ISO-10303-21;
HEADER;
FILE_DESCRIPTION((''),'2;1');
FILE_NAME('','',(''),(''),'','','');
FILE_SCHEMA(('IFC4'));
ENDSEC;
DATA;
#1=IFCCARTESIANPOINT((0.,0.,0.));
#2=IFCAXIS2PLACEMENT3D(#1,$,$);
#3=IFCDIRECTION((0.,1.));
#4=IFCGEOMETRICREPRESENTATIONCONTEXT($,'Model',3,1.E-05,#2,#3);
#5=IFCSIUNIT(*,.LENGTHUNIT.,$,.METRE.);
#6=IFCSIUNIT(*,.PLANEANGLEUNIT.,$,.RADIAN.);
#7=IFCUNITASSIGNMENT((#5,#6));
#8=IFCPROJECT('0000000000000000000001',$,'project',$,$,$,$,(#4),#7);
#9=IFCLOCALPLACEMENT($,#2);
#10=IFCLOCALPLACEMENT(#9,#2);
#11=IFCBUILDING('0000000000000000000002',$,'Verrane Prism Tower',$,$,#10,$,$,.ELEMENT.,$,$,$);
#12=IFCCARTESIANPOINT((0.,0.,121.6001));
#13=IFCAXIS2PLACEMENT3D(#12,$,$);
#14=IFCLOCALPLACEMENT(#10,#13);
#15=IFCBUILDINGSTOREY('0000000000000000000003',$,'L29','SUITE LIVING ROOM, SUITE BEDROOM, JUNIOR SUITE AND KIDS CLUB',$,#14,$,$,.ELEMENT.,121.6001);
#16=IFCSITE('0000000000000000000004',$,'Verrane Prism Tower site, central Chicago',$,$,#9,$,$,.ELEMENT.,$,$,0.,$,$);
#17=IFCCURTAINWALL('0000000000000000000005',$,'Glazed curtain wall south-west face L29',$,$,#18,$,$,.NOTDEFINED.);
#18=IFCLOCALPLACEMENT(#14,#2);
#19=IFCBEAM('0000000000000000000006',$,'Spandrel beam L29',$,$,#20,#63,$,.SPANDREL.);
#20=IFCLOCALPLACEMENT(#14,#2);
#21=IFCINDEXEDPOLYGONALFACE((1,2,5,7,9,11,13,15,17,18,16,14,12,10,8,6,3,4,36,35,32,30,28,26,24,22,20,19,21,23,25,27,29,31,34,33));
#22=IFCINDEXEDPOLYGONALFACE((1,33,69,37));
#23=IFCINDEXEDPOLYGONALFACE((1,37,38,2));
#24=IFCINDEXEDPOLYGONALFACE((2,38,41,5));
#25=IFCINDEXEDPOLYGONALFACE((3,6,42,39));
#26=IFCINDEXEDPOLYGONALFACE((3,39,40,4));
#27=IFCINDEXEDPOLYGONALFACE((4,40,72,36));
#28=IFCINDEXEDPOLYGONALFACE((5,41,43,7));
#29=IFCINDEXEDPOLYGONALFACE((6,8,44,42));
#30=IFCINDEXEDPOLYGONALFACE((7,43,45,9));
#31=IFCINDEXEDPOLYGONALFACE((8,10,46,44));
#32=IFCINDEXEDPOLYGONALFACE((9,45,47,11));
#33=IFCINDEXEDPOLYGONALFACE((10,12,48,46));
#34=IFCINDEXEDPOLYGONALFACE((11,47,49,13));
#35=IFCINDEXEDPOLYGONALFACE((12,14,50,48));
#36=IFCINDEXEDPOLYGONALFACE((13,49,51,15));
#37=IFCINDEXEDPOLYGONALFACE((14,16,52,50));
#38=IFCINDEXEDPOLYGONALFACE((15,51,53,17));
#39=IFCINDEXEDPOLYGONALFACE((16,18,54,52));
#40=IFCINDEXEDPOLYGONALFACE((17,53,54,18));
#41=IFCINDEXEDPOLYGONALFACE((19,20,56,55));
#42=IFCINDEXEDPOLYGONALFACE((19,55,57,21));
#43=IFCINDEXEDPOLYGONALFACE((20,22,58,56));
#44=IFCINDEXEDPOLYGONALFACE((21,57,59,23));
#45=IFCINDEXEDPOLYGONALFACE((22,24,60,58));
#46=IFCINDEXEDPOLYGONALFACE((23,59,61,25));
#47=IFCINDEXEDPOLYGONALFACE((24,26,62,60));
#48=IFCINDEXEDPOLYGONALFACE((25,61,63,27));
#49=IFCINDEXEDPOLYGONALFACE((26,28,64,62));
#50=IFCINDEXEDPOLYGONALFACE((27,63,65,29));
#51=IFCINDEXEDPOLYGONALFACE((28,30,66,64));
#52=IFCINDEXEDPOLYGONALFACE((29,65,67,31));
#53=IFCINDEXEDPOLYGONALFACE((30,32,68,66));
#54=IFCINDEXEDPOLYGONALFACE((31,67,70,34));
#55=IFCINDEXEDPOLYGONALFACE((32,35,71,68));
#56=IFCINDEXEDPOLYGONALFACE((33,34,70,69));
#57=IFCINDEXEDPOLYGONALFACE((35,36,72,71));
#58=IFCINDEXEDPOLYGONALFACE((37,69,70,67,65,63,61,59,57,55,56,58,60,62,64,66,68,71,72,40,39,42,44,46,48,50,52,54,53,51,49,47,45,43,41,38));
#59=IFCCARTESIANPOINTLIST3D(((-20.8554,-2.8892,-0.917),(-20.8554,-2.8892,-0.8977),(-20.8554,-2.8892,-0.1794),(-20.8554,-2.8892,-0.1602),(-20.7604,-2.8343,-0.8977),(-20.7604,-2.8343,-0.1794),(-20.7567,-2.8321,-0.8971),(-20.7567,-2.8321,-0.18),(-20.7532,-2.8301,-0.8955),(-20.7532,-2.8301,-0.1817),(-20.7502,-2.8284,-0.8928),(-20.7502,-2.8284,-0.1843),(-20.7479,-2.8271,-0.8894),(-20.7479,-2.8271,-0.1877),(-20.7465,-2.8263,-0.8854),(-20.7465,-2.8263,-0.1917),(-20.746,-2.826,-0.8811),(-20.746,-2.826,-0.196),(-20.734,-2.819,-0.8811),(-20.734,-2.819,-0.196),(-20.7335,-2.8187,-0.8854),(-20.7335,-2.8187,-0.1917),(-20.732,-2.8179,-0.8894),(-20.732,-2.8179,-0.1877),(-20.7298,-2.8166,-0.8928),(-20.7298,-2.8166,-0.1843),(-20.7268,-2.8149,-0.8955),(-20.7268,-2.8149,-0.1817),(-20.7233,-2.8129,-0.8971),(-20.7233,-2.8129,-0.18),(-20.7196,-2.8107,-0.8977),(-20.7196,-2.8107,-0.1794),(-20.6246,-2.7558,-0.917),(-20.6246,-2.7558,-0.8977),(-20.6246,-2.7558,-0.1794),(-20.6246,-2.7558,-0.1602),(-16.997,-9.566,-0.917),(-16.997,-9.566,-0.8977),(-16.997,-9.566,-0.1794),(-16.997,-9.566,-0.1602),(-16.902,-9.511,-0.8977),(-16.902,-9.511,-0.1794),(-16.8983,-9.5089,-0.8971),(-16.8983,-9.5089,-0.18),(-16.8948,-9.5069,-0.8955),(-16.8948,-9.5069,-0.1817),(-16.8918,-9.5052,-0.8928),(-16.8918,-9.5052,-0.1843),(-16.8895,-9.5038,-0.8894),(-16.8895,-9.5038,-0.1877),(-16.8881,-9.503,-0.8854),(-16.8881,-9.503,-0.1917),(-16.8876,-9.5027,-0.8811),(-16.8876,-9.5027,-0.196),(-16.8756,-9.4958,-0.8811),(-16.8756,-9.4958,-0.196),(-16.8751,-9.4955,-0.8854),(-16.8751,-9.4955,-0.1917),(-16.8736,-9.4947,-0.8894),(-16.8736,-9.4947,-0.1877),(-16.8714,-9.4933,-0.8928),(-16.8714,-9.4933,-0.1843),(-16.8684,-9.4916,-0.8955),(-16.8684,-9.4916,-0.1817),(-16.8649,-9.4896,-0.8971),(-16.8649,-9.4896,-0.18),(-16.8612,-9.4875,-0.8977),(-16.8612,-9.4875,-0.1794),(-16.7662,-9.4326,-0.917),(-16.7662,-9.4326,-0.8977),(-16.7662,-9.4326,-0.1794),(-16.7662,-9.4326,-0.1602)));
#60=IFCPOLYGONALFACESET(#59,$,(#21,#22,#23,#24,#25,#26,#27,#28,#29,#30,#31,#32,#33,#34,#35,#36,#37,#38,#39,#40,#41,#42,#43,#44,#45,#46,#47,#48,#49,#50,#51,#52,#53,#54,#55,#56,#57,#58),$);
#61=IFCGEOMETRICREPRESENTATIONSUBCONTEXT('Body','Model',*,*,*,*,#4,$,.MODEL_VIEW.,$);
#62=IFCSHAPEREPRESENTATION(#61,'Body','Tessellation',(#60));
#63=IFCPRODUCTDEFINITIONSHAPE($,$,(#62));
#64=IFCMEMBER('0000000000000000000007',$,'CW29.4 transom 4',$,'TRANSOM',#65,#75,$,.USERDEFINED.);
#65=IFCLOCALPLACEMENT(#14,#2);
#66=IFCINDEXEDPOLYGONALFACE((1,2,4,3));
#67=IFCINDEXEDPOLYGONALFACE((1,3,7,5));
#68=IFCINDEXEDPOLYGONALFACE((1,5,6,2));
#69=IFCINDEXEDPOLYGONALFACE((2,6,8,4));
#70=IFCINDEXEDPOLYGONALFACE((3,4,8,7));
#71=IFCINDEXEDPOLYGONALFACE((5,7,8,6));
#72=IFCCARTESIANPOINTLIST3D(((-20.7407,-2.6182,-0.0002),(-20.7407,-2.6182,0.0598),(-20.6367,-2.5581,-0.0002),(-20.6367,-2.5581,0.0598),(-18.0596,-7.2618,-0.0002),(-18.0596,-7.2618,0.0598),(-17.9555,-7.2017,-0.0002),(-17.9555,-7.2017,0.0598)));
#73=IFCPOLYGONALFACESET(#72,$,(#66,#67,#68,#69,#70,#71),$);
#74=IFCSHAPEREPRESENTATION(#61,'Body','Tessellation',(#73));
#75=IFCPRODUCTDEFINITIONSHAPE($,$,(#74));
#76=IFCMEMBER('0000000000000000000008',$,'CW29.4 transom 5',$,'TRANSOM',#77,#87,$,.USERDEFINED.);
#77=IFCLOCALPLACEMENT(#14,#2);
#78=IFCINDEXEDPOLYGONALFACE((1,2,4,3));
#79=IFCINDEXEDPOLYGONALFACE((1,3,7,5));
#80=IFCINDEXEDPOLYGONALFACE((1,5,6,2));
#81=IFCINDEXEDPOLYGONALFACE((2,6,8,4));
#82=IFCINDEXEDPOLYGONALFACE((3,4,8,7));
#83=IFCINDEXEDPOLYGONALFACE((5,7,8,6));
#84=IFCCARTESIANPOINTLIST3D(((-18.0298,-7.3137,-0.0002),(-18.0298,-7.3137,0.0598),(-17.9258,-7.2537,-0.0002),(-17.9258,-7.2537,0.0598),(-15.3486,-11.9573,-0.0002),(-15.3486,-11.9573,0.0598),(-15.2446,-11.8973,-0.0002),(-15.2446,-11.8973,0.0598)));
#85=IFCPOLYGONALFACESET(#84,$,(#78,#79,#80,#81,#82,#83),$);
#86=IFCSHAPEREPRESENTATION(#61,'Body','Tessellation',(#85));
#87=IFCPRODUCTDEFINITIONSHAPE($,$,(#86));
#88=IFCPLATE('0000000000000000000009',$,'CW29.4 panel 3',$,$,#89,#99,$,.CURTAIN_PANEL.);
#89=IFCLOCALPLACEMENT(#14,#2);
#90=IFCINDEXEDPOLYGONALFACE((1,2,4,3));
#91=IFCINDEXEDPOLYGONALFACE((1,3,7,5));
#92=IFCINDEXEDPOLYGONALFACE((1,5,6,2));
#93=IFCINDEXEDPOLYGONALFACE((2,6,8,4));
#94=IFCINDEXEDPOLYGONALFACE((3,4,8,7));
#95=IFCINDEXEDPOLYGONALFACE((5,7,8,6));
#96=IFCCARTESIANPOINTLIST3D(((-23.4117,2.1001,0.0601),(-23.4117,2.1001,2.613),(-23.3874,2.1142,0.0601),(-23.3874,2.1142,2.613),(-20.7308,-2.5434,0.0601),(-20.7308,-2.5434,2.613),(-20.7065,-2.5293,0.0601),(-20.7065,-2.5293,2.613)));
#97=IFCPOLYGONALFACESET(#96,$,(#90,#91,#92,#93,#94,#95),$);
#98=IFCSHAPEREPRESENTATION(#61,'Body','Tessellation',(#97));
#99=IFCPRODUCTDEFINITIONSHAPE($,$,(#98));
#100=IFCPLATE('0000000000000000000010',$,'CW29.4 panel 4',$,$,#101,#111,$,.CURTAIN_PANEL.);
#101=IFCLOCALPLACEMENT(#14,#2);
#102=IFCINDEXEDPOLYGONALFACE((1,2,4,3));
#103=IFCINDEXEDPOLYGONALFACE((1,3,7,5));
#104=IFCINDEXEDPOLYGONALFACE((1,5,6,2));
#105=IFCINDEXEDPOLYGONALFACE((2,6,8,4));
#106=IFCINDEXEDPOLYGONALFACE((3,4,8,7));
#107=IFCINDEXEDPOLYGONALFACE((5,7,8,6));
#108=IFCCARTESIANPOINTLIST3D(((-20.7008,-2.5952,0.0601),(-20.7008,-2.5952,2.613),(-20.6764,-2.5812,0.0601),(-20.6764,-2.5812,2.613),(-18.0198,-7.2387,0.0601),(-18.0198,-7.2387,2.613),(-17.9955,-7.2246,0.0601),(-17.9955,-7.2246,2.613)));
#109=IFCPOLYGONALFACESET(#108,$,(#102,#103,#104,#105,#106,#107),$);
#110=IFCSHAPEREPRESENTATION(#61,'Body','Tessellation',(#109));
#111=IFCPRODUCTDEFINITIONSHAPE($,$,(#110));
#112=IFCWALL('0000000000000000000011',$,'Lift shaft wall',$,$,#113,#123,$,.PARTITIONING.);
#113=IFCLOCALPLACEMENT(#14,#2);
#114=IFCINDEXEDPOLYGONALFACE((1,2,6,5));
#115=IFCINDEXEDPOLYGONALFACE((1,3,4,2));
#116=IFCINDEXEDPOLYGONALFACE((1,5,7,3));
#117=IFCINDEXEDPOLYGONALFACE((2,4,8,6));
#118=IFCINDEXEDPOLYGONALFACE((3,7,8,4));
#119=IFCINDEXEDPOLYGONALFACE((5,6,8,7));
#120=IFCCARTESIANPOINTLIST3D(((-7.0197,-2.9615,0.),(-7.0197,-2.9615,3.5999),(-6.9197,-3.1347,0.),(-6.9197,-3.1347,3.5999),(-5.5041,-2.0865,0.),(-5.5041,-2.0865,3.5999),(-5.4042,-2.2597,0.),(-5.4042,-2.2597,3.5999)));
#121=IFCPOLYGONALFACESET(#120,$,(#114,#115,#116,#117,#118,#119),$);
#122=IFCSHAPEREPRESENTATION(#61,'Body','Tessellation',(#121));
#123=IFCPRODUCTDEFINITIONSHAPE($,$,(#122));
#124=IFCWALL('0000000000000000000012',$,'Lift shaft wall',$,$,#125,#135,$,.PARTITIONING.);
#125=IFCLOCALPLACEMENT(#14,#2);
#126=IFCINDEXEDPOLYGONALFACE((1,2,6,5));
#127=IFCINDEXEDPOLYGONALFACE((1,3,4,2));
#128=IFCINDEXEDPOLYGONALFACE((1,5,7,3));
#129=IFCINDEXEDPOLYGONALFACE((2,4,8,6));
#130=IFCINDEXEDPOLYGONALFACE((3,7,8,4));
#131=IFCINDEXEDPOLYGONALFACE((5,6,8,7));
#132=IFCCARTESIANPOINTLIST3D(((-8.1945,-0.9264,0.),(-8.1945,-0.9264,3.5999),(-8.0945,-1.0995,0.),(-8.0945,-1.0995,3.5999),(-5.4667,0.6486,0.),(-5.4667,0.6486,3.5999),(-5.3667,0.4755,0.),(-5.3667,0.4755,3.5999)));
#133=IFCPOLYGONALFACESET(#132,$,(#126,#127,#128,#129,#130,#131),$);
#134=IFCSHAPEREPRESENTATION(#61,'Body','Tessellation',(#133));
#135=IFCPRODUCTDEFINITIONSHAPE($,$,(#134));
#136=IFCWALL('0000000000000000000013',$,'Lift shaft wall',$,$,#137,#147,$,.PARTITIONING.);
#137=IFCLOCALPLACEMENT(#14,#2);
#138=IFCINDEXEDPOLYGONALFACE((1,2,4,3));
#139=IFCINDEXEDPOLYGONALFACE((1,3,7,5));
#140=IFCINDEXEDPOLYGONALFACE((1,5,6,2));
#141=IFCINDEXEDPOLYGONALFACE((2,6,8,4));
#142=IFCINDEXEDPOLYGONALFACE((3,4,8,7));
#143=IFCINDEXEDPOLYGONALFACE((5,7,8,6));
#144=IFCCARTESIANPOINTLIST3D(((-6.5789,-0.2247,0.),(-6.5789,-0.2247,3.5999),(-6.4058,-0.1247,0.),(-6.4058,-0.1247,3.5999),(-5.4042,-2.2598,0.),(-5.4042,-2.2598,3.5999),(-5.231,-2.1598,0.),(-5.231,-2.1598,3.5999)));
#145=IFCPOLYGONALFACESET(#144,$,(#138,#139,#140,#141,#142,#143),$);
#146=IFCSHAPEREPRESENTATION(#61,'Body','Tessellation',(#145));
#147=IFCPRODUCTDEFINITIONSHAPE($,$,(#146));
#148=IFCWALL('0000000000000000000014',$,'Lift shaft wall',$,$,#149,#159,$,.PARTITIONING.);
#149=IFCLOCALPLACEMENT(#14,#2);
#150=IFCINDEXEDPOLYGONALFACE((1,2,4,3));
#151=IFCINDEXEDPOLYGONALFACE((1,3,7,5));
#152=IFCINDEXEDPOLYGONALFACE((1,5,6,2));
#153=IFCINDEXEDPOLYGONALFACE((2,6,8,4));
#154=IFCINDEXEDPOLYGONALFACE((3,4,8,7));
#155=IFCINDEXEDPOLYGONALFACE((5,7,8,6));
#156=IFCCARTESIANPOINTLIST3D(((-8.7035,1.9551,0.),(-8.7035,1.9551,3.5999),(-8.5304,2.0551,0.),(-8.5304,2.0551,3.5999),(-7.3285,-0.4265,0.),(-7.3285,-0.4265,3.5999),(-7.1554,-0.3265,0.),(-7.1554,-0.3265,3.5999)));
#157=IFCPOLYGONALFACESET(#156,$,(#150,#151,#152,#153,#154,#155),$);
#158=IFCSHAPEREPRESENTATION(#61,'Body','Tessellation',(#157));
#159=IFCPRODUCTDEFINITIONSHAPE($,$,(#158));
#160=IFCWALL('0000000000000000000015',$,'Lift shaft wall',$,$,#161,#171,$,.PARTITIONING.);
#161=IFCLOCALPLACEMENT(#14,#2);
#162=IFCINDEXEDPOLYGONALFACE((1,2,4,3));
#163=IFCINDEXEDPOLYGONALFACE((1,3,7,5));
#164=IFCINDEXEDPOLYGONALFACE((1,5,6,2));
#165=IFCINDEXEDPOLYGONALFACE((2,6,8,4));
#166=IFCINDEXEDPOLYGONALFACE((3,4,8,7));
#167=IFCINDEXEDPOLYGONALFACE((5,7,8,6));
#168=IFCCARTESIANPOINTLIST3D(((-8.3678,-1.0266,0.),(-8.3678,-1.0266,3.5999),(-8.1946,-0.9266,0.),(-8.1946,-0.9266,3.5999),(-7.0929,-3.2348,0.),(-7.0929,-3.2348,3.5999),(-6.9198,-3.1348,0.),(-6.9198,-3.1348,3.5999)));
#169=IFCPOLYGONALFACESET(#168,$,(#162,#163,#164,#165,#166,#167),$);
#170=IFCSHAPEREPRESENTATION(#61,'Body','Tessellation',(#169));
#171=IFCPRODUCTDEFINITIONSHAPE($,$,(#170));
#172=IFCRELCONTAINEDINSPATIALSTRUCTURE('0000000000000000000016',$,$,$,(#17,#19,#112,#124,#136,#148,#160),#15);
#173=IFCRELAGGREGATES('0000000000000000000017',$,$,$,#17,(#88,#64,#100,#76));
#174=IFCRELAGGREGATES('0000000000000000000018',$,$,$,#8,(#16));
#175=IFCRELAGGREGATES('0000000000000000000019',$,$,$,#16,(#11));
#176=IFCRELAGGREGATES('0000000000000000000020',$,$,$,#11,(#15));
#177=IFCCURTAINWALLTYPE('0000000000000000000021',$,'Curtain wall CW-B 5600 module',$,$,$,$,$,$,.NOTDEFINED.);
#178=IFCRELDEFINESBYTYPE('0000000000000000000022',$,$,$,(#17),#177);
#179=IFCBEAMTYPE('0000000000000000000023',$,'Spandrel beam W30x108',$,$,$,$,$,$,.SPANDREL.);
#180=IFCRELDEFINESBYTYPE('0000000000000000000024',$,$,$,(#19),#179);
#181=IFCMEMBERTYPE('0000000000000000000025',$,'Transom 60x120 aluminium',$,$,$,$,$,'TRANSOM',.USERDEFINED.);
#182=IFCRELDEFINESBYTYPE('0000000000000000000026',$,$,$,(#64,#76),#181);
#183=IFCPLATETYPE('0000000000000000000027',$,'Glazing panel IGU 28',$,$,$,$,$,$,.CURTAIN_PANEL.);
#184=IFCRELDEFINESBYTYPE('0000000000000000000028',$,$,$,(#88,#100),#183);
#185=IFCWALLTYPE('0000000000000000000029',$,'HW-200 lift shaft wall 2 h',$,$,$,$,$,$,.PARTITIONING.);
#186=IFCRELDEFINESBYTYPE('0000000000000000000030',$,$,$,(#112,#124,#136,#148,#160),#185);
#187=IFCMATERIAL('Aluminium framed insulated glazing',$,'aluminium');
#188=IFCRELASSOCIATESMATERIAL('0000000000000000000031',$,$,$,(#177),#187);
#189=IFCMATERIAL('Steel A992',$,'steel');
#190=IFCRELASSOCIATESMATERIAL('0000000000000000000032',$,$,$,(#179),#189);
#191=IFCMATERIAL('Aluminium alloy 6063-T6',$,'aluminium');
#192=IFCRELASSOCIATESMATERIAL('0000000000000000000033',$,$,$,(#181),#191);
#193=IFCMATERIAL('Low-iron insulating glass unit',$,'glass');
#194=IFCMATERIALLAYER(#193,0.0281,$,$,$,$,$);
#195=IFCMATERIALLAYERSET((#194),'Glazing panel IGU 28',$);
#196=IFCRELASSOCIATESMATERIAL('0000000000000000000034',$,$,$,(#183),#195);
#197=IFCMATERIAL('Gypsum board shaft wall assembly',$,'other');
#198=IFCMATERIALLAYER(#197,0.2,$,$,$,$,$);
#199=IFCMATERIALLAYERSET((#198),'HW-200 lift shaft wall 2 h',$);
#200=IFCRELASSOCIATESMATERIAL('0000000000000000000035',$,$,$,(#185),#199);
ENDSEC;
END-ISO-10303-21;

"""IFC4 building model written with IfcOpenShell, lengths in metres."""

from ifc_helpers import new_model, si_unit, direction, frame, frame_2d, origin, origin_2d, place, context, subcontext, project, spatial, rectangle, i_section, extrude, material, layer, layer_set, material_profile, profile_set, type_object, element, aggregate, save


model = new_model("IFC4")

# Units and contexts
model_context = context("Model", 3, precision=1e-05, world=origin(), true_north=direction((0.0, 1.0)))
body_context = subcontext(model_context, "Body", "Model", "MODEL_VIEW")
ifc_project = project(units=[si_unit("LENGTHUNIT", "METRE"), si_unit("PLANEANGLEUNIT", "RADIAN")], contexts=[model_context])

# Site, building, storey
site_placement = place(None, origin())
site = spatial("IfcSite", under=ifc_project, at=site_placement, Name="Verrane Prism Tower site, central Chicago", CompositionType="ELEMENT", RefElevation=0.0)
building_placement = place(site_placement, origin())
building = spatial("IfcBuilding", under=site, at=building_placement, Name="Verrane Prism Tower", CompositionType="ELEMENT")
storey_placement = place(building_placement, frame((0.0, 0.0, 121.6001)))
storey = spatial("IfcBuildingStorey", under=building, at=storey_placement, Name="L29", Description="SUITE LIVING ROOM, SUITE BEDROOM, JUNIOR SUITE AND KIDS CLUB", CompositionType="ELEMENT", Elevation=121.6001)

# Curtain wall
ifc_material_1 = material(Name="Aluminium framed insulated glazing", Category="aluminium")
curtain_wall_type = type_object("IfcCurtainWallType", Name="Curtain wall CW-B 5600 module", PredefinedType="NOTDEFINED", material=ifc_material_1)
curtain_wall_placement = place(storey_placement, origin())
curtain_wall = element("IfcCurtainWall", 1, at=curtain_wall_placement, inside=storey, type_object=curtain_wall_type, Name="Glazed curtain wall south-west face L29", PredefinedType="NOTDEFINED")

# Beam
ifc_material_2 = material(Name="Steel A992", Category="steel")
ifc_material_profile_1 = material_profile(ifc_material_2, i_section(OverallWidth=0.2666, OverallDepth=0.7568, WebThickness=0.0139, FlangeThickness=0.0193, FilletRadius=0.0166, at=origin_2d()), Name="W30x108")
ifc_profile_set_1 = profile_set([ifc_material_profile_1], Name="Steel A992")
beam_type_1 = type_object("IfcBeamType", Name="Spandrel beam W30x108", PredefinedType="SPANDREL", material=ifc_profile_set_1)
beam_1_placement = place(storey_placement, frame((-20.74, -2.8225, -0.5386), z_axis=(0.500347, -0.865825, 0.0), x_axis=(0.865825, 0.500347, 0.0)))
element("IfcBeam", 2, at=beam_1_placement, inside=storey, type_object=beam_type_1, Name="Spandrel beam L29", PredefinedType="SPANDREL", context=body_context, shape_type="SweptSolid", body=[
    extrude(i_section(OverallWidth=0.2666, OverallDepth=0.7568, WebThickness=0.0139, FlangeThickness=0.0193, FilletRadius=0.0166, at=origin_2d()), origin(), (0.0, 0.0, 1.0), 7.7114),
])

# Members
ifc_material_3 = material(Name="Aluminium alloy 6063-T6", Category="aluminium")
ifc_material_profile_2 = material_profile(ifc_material_3, rectangle(XDim=0.1201, YDim=0.0601, at=origin_2d()), Name="Transom 60x120 aluminium")
ifc_profile_set_2 = profile_set([ifc_material_profile_2], Name="Aluminium alloy 6063-T6")
member_type_1 = type_object("IfcMemberType", Name="Transom 60x120 aluminium", ElementType="TRANSOM", PredefinedType="USERDEFINED", material=ifc_profile_set_2)
member_1_placement = place(storey_placement, frame((-20.6887, -2.5881, 0.0298), z_axis=(0.500027, -0.86601, 0.0), x_axis=(0.86601, 0.500027, 0.0)))
member_1 = element("IfcMember", 3, at=member_1_placement, type_object=member_type_1, Name="CW29.4 transom 4", ObjectType="TRANSOM", PredefinedType="USERDEFINED", context=body_context, shape_type="SweptSolid", body=[
    extrude(rectangle(XDim=0.1201, YDim=0.0601, at=origin_2d()), origin(), (0.0, 0.0, 1.0), 5.3621),
])
member_2_placement = place(storey_placement, frame((-17.9778, -7.2837, 0.0298), z_axis=(0.500027, -0.86601, 0.0), x_axis=(0.86601, 0.500027, 0.0)))
member_2 = element("IfcMember", 4, at=member_2_placement, type_object=member_type_1, Name="CW29.4 transom 5", ObjectType="TRANSOM", PredefinedType="USERDEFINED", context=body_context, shape_type="SweptSolid", body=[
    extrude(rectangle(XDim=0.1201, YDim=0.0601, at=origin_2d()), origin(), (0.0, 0.0, 1.0), 5.3621),
])

# Plates
ifc_material_4 = material(Name="Low-iron insulating glass unit", Category="glass")
ifc_layer_1 = layer(ifc_material_4, 0.0281)
ifc_layer_set_1 = layer_set([ifc_layer_1], Name="Glazing panel IGU 28")
plate_type = type_object("IfcPlateType", Name="Glazing panel IGU 28", PredefinedType="CURTAIN_PANEL", material=ifc_layer_set_1)
plate_1_placement = place(storey_placement, frame((-22.0591, -0.2146, 0.0601), z_axis=(0.0, 0.0, 1.0), x_axis=(0.5, -0.866025, 0.0)))
plate_1 = element("IfcPlate", 5, at=plate_1_placement, type_object=plate_type, Name="CW29.4 panel 3", PredefinedType="CURTAIN_PANEL", context=body_context, shape_type="SweptSolid", body=[
    extrude(rectangle(XDim=5.3618, YDim=0.0281, at=origin_2d()), origin(), (0.0, 0.0, 1.0), 2.553),
])
plate_2_placement = place(storey_placement, frame((-19.3481, -4.9099, 0.0601), z_axis=(0.0, 0.0, 1.0), x_axis=(0.5, -0.866025, 0.0)))
plate_2 = element("IfcPlate", 6, at=plate_2_placement, type_object=plate_type, Name="CW29.4 panel 4", PredefinedType="CURTAIN_PANEL", context=body_context, shape_type="SweptSolid", body=[
    extrude(rectangle(XDim=5.3618, YDim=0.0281, at=origin_2d()), origin(), (0.0, 0.0, 1.0), 2.553),
])
aggregate(curtain_wall, [plate_1, member_1, plate_2, member_2])

# Walls
ifc_material_5 = material(Name="Gypsum board shaft wall assembly", Category="other")
ifc_layer_2 = layer(ifc_material_5, 0.2)
ifc_layer_set_2 = layer_set([ifc_layer_2], Name="HW-200 lift shaft wall 2 h")
wall_type_1 = type_object("IfcWallType", Name="HW-200 lift shaft wall 2 h", PredefinedType="PARTITIONING", material=ifc_layer_set_2)
wall_1_placement = place(storey_placement, frame((-6.9697, -3.0481, 0.0), z_axis=(0.0, 0.0, 1.0), x_axis=(0.866037, 0.49998, 0.0)))
element("IfcWall", 7, at=wall_1_placement, inside=storey, type_object=wall_type_1, Name="Lift shaft wall", PredefinedType="PARTITIONING", context=body_context, shape_type="SweptSolid", body=[
    extrude(rectangle(XDim=1.75, YDim=0.2, at=frame_2d((0.875, 0.0))), origin(), (0.0, 0.0, 1.0), 3.5999),
])
wall_2_placement = place(storey_placement, frame((-8.1445, -1.0129, 0.0), z_axis=(0.0, 0.0, 1.0), x_axis=(0.866016, 0.500015, 0.0)))
element("IfcWall", 8, at=wall_2_placement, inside=storey, type_object=wall_type_1, Name="Lift shaft wall", PredefinedType="PARTITIONING", context=body_context, shape_type="SweptSolid", body=[
    extrude(rectangle(XDim=3.1499, YDim=0.2, at=frame_2d((1.575, 0.0))), origin(), (0.0, 0.0, 1.0), 3.5999),
])
wall_3_placement = place(storey_placement, frame((-5.3176, -2.2097, 0.0), z_axis=(0.0, 0.0, 1.0), x_axis=(-0.499938, 0.866061, 0.0)))
element("IfcWall", 9, at=wall_3_placement, inside=storey, type_object=wall_type_1, Name="Lift shaft wall", PredefinedType="PARTITIONING", context=body_context, shape_type="SweptSolid", body=[
    extrude(rectangle(XDim=2.3499, YDim=0.2, at=frame_2d((1.1748, 0.0))), origin(), (0.0, 0.0, 1.0), 3.5999),
])
wall_4_placement = place(storey_placement, frame((-7.2419, -0.3765, 0.0), z_axis=(0.0, 0.0, 1.0), x_axis=(-0.499997, 0.866027, 0.0)))
element("IfcWall", 10, at=wall_4_placement, inside=storey, type_object=wall_type_1, Name="Lift shaft wall", PredefinedType="PARTITIONING", context=body_context, shape_type="SweptSolid", body=[
    extrude(rectangle(XDim=2.75, YDim=0.2, at=frame_2d((1.375, 0.0))), origin(), (0.0, 0.0, 1.0), 3.5999),
])
wall_5_placement = place(storey_placement, frame((-7.0063, -3.1848, 0.0), z_axis=(0.0, 0.0, 1.0), x_axis=(-0.49999, 0.866031, 0.0)))
element("IfcWall", 11, at=wall_5_placement, inside=storey, type_object=wall_type_1, Name="Lift shaft wall", PredefinedType="PARTITIONING", context=body_context, shape_type="SweptSolid", body=[
    extrude(rectangle(XDim=2.5498, YDim=0.2, at=frame_2d((1.2749, 0.0))), origin(), (0.0, 0.0, 1.0), 3.5999),
])

save(model, "model.ifc")
